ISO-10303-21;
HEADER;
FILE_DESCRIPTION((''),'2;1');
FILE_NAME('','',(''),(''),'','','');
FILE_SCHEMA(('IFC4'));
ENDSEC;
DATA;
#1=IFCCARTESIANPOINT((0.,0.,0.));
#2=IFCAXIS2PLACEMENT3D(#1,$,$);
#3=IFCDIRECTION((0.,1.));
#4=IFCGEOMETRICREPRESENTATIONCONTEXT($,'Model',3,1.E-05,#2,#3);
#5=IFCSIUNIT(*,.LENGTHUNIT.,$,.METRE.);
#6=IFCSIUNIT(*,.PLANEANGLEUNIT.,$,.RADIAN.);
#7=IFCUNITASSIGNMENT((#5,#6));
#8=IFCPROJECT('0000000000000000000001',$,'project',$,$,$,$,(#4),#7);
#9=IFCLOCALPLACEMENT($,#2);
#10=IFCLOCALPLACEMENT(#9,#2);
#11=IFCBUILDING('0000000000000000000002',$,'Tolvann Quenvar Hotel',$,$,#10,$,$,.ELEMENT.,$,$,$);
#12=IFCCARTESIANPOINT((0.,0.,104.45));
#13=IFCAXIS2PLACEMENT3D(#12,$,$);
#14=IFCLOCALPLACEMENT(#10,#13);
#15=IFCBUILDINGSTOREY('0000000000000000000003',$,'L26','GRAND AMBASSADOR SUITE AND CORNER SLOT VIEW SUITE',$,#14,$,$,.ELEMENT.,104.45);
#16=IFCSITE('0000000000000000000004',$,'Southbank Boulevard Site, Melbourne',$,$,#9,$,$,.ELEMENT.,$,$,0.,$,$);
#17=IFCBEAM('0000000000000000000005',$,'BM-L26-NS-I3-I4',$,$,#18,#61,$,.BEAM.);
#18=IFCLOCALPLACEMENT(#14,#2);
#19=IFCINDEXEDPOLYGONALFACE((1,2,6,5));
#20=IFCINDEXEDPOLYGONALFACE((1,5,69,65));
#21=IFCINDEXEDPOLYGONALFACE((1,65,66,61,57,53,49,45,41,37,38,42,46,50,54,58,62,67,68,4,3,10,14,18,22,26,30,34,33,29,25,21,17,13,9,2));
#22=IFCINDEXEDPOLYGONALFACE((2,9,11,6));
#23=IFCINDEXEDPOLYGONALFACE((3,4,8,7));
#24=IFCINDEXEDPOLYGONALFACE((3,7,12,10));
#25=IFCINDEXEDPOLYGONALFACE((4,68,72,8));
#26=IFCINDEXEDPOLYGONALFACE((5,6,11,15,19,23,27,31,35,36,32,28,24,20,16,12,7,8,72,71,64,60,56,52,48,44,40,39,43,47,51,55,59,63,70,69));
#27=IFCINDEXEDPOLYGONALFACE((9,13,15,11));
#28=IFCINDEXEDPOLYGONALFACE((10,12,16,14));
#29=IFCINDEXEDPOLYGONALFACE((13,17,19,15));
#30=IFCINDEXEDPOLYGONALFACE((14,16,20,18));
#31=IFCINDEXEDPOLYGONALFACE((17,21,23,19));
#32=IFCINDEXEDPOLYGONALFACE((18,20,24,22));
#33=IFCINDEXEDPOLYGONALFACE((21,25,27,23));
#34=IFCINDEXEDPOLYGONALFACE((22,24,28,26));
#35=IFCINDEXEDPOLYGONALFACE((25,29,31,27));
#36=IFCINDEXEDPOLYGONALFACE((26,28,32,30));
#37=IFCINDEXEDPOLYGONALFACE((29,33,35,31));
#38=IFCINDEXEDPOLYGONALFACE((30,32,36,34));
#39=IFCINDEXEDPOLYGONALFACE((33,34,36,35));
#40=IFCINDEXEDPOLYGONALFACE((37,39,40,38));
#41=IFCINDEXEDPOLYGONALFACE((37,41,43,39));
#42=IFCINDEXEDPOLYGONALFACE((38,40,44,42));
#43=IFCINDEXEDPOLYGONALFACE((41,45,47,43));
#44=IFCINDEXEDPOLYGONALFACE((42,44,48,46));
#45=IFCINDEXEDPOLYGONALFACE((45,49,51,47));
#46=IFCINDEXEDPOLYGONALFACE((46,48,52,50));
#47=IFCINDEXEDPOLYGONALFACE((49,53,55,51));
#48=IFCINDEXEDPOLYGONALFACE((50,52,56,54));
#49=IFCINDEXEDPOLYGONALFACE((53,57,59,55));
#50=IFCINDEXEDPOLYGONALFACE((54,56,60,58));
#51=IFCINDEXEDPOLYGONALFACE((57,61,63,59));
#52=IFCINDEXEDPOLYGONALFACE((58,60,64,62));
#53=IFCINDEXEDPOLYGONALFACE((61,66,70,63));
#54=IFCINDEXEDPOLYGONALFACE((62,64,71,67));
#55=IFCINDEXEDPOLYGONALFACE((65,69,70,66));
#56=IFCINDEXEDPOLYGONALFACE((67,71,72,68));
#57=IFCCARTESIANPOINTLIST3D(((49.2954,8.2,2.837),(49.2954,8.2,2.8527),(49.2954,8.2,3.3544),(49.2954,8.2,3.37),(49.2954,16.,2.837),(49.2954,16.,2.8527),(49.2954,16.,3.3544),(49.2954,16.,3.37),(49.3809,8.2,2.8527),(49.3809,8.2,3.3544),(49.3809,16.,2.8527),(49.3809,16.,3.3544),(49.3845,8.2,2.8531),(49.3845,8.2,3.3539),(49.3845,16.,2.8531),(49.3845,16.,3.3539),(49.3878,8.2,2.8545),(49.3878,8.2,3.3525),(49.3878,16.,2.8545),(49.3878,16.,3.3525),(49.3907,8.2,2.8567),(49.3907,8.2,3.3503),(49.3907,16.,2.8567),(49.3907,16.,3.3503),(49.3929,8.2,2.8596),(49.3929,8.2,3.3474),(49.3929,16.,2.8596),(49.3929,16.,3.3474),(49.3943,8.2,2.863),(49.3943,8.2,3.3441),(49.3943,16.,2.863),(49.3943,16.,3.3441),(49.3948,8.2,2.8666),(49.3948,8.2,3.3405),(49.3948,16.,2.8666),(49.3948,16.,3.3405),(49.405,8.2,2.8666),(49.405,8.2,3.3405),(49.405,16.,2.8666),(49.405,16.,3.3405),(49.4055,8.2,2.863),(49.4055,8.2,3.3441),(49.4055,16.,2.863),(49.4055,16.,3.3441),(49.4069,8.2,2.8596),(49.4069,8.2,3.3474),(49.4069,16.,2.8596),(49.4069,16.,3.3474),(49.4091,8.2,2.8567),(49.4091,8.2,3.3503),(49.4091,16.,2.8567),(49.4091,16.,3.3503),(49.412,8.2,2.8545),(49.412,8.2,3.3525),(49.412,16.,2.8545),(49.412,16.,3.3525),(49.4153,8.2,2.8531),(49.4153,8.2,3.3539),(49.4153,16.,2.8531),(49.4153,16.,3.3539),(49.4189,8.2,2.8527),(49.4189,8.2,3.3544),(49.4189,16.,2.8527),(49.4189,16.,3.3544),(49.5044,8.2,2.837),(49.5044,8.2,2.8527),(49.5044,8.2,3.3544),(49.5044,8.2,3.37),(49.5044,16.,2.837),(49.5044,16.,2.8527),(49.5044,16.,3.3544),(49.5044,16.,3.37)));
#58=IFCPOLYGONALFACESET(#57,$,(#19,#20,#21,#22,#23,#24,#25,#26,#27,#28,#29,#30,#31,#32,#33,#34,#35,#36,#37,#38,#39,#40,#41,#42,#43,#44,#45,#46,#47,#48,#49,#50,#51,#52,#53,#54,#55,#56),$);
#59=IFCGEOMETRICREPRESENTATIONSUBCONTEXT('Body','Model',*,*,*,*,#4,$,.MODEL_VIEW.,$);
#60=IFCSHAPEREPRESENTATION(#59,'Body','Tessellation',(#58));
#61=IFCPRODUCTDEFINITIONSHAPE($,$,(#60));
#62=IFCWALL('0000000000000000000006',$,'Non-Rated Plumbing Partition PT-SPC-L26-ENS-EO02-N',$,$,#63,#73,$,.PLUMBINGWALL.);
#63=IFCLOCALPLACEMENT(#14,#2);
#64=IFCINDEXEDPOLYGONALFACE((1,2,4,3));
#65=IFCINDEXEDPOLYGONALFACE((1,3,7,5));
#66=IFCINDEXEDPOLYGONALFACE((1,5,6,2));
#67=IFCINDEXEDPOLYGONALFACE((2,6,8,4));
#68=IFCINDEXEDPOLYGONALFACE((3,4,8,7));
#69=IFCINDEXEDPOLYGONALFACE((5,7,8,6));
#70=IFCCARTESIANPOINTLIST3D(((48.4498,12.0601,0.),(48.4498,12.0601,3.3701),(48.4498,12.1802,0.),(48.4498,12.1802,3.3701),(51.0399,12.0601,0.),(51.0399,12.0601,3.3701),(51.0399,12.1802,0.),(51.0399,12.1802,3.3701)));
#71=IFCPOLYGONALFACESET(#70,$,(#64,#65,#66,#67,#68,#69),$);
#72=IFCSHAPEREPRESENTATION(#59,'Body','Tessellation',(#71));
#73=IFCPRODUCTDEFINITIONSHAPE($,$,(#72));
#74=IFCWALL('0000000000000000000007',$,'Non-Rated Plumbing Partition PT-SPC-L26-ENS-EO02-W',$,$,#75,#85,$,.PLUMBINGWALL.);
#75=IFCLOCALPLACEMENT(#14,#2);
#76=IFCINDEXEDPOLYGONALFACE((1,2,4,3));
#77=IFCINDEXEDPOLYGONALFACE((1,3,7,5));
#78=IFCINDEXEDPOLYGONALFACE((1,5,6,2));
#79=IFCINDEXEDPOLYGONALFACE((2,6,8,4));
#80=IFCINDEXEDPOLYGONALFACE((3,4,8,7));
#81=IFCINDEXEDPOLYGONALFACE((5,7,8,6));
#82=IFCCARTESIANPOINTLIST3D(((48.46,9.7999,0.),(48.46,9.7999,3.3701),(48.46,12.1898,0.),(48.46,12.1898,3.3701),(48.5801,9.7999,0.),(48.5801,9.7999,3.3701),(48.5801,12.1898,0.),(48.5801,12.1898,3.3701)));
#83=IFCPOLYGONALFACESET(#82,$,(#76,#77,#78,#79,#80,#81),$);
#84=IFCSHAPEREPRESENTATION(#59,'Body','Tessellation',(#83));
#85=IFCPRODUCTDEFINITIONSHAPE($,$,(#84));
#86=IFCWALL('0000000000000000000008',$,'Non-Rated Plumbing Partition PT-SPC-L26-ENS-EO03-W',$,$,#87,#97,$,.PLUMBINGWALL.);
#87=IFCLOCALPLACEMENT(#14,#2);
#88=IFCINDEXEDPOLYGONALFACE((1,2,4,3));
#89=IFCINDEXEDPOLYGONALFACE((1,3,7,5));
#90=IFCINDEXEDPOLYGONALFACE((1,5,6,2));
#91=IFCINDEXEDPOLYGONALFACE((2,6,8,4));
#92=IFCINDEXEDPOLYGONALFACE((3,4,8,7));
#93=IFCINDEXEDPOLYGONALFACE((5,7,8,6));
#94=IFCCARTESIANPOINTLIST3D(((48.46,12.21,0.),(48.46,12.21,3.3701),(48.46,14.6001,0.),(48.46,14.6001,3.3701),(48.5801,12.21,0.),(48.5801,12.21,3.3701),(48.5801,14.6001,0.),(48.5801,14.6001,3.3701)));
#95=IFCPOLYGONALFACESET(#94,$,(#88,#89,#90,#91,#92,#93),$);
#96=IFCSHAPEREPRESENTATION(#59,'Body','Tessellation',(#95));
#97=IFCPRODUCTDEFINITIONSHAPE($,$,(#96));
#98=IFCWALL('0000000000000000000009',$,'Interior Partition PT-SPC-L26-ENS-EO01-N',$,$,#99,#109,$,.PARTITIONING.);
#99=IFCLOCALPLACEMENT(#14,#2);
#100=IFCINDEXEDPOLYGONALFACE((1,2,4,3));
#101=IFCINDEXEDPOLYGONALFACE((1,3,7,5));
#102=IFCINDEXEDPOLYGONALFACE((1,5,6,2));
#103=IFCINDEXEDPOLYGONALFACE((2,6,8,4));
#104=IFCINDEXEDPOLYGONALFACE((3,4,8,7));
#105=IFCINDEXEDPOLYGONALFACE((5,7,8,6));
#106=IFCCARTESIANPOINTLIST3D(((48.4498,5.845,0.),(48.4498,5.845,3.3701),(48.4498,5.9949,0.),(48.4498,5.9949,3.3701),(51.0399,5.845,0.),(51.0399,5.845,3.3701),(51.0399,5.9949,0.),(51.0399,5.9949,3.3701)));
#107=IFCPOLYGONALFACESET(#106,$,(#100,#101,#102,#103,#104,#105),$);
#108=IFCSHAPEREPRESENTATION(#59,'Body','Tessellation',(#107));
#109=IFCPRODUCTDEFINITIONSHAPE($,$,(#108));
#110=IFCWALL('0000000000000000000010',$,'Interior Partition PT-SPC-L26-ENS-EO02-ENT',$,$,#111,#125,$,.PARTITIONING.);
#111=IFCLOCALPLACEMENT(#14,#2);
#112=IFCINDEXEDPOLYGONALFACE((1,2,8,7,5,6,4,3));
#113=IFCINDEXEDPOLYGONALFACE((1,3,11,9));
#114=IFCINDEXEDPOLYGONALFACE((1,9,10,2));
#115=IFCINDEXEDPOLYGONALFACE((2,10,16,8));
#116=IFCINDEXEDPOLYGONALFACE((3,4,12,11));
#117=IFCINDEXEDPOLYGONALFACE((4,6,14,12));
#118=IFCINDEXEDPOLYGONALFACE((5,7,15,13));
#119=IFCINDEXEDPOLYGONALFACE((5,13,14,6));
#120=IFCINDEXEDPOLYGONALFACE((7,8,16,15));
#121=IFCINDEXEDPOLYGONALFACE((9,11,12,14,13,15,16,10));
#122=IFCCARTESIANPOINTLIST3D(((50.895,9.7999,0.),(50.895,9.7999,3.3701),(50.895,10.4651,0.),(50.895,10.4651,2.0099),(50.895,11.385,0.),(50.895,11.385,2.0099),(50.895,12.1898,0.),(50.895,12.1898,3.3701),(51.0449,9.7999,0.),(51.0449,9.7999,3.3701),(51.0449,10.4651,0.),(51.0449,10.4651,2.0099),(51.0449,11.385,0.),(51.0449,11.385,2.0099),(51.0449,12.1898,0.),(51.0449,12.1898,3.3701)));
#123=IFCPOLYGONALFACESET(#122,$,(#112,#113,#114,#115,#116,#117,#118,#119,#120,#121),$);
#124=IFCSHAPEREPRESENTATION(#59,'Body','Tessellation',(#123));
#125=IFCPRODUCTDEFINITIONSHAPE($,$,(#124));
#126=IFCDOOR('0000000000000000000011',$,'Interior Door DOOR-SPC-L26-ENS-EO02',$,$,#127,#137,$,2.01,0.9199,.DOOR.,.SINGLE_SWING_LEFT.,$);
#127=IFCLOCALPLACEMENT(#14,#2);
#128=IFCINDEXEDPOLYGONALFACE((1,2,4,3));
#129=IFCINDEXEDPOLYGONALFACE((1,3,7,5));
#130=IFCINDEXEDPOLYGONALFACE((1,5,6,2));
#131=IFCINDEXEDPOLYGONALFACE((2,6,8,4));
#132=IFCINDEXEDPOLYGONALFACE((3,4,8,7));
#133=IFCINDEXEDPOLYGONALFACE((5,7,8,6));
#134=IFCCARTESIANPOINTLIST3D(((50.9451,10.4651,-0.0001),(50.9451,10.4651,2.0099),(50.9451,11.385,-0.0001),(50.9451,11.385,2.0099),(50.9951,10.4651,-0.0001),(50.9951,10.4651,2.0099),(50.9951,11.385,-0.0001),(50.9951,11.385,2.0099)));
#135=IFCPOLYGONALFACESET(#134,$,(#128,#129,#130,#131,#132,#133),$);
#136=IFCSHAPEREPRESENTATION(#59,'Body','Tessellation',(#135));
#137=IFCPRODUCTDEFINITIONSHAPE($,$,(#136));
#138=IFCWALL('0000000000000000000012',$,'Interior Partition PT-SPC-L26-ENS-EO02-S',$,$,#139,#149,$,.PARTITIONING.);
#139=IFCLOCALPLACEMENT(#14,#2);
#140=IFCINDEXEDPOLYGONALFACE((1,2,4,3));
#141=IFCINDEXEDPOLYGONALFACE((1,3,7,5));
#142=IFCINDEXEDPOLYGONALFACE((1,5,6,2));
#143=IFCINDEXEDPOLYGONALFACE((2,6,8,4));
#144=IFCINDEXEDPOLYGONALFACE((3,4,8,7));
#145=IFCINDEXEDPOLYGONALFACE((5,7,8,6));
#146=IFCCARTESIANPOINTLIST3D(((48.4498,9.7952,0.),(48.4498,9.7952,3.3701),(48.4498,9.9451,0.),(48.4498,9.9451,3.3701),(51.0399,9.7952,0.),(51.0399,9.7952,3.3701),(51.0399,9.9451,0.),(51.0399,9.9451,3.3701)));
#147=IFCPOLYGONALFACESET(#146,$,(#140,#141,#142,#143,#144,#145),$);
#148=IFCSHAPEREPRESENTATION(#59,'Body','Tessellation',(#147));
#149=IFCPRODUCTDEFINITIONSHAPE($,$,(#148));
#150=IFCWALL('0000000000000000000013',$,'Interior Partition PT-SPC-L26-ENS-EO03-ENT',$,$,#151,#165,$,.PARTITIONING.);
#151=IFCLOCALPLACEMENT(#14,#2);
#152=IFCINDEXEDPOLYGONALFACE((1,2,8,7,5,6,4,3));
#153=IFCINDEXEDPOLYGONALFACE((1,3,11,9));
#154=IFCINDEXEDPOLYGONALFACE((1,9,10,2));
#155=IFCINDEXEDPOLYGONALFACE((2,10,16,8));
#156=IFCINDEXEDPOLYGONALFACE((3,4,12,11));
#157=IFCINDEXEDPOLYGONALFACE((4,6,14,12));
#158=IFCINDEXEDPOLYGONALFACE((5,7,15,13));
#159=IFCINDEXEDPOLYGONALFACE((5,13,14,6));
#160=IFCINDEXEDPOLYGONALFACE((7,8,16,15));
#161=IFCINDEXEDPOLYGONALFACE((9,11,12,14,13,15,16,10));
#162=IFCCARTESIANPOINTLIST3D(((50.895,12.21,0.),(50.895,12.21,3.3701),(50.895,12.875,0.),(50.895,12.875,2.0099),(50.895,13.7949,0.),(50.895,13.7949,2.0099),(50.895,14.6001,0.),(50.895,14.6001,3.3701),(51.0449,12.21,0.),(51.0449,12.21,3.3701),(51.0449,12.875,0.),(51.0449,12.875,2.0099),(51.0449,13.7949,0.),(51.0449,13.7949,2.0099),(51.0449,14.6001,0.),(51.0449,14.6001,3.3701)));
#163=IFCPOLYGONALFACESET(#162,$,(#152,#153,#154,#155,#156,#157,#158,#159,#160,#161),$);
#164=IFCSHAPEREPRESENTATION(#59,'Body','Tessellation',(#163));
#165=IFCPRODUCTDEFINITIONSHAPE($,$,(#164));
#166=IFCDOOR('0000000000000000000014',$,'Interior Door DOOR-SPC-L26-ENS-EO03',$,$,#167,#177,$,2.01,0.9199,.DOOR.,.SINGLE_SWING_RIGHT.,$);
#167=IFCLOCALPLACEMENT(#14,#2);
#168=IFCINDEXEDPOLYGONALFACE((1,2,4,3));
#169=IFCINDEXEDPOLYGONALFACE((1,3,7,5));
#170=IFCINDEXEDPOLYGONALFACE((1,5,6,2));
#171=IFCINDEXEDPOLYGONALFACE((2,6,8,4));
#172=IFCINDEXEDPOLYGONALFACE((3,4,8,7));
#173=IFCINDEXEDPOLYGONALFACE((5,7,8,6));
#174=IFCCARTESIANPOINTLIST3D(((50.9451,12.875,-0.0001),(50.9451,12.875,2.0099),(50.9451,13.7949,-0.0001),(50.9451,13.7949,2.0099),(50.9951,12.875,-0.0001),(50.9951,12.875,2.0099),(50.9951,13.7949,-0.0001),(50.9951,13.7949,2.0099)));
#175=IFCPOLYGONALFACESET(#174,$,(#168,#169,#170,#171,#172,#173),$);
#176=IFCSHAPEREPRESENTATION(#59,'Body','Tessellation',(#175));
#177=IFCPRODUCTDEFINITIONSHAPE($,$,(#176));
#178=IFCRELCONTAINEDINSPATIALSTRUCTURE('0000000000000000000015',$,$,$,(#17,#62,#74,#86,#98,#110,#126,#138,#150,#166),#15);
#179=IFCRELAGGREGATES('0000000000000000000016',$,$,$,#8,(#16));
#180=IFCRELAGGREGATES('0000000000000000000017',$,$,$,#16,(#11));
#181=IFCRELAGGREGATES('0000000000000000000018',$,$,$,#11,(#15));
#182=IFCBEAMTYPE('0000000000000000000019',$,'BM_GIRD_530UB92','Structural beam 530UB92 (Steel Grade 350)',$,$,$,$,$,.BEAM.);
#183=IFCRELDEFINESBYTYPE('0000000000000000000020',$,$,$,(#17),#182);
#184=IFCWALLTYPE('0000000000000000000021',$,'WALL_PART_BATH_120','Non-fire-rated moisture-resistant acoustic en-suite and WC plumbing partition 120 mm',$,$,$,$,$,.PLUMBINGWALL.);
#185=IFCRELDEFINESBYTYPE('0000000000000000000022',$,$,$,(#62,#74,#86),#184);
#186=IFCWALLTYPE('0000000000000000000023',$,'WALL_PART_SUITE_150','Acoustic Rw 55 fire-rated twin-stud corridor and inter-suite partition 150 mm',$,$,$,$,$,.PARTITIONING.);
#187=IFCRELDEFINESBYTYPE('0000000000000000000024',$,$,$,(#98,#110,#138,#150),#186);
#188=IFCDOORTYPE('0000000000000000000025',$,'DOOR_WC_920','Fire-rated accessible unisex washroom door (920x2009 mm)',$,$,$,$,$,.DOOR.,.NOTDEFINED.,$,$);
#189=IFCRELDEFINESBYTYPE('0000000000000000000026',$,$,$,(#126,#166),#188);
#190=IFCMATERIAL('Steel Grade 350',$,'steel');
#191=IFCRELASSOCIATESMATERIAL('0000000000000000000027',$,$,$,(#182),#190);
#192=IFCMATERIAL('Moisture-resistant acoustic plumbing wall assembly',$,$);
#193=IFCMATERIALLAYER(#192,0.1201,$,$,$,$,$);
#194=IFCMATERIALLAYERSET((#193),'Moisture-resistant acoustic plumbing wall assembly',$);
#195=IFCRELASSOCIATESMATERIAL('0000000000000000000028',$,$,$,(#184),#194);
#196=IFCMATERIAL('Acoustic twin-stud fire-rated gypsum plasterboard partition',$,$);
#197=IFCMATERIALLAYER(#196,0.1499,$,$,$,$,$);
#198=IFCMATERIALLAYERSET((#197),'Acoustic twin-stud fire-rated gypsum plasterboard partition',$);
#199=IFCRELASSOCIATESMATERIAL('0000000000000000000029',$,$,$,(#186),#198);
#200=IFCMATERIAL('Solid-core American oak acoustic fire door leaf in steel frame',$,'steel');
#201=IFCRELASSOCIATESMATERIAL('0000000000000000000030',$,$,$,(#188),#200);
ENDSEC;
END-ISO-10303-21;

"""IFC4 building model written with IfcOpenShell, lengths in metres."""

from ifc_helpers import new_model, si_unit, direction, frame, frame_2d, origin, origin_2d, place, context, subcontext, project, spatial, rectangle, i_section, extrude, source, transform, mapped, material, layer, layer_set, material_profile, profile_set, type_object, type_shapes, element, fill, save


model = new_model("IFC4")

# Units and contexts
model_context = context("Model", 3, precision=1e-05, world=origin(), true_north=direction((0.0, 1.0)))
body_context = subcontext(model_context, "Body", "Model", "MODEL_VIEW")
ifc_project = project(units=[si_unit("LENGTHUNIT", "METRE"), si_unit("PLANEANGLEUNIT", "RADIAN")], contexts=[model_context])

# Site, building, storey
site_placement = place(None, origin())
site = spatial("IfcSite", under=ifc_project, at=site_placement, Name="Southbank Boulevard Site, Melbourne", CompositionType="ELEMENT", RefElevation=0.0)
building_placement = place(site_placement, origin())
building = spatial("IfcBuilding", under=site, at=building_placement, Name="Tolvann Quenvar Hotel", CompositionType="ELEMENT")
storey_placement = place(building_placement, frame((0.0, 0.0, 104.45)))
storey = spatial("IfcBuildingStorey", under=building, at=storey_placement, Name="L26", Description="GRAND AMBASSADOR SUITE AND CORNER SLOT VIEW SUITE", CompositionType="ELEMENT", Elevation=104.45)

# Shared definitions
ifc_material_1 = material(Name="Steel Grade 350", Category="steel")

# Beam
ifc_material_profile_1 = material_profile(ifc_material_1, i_section(OverallWidth=0.209, OverallDepth=0.533, WebThickness=0.0103, FlangeThickness=0.0156, FilletRadius=0.0139, at=origin_2d()), Name="530UB92")
ifc_profile_set_1 = profile_set([ifc_material_profile_1], Name="Steel Grade 350")
beam_type_1 = type_object("IfcBeamType", Name="BM_GIRD_530UB92", Description="Structural beam 530UB92 (Steel Grade 350)", PredefinedType="BEAM", material=ifc_profile_set_1)
shared_shape_1 = source(origin(), body_context, "Body", "SweptSolid", [
    extrude(i_section(OverallWidth=0.209, OverallDepth=0.533, WebThickness=0.0103, FlangeThickness=0.0156, FilletRadius=0.0139, at=origin_2d()), origin(), (0.0, 0.0, 1.0), 7.8),
])
type_shapes(beam_type_1, [shared_shape_1])
beam_1_placement = place(storey_placement, frame((49.3999, 8.2, 3.1035), z_axis=(0.0, 1.0, 0.0), x_axis=(-1.0, 0.0, 0.0)))
element("IfcBeam", 1, at=beam_1_placement, inside=storey, type_object=beam_type_1, Name="BM-L26-NS-I3-I4", PredefinedType="BEAM", context=body_context, shape_type="MappedRepresentation", body=[
    mapped(shared_shape_1, transform((0.0, 0.0, 0.0), x_axis=(1.0, 0.0, 0.0), y_axis=(0.0, 1.0, 0.0), z_axis=(0.0, 0.0, 1.0), scale=1.0)),
])

# Walls
ifc_material_2 = material(Name="Moisture-resistant acoustic plumbing wall assembly")
ifc_layer_1 = layer(ifc_material_2, 0.1201)
ifc_layer_set_1 = layer_set([ifc_layer_1], Name="Moisture-resistant acoustic plumbing wall assembly")
wall_type_1 = type_object("IfcWallType", Name="WALL_PART_BATH_120", Description="Non-fire-rated moisture-resistant acoustic en-suite and WC plumbing partition 120 mm", PredefinedType="PLUMBINGWALL", material=ifc_layer_set_1)
wall_1_placement = place(storey_placement, frame((48.45, 12.1201, 0.0), z_axis=(0.0, 0.0, 1.0), x_axis=(1.0, 0.0, 0.0)))
element("IfcWall", 2, at=wall_1_placement, inside=storey, type_object=wall_type_1, Name="Non-Rated Plumbing Partition PT-SPC-L26-ENS-EO02-N", PredefinedType="PLUMBINGWALL", context=body_context, shape_type="SweptSolid", body=[
    extrude(rectangle(XDim=2.5901, YDim=0.1201, at=frame_2d((1.2949, 0.0))), origin(), (0.0, 0.0, 1.0), 3.3701),
])
wall_2_placement = place(storey_placement, frame((48.52, 9.8, 0.0), z_axis=(0.0, 0.0, 1.0), x_axis=(0.0, 1.0, 0.0)))
element("IfcWall", 3, at=wall_2_placement, inside=storey, type_object=wall_type_1, Name="Non-Rated Plumbing Partition PT-SPC-L26-ENS-EO02-W", PredefinedType="PLUMBINGWALL", context=body_context, shape_type="SweptSolid", body=[
    extrude(rectangle(XDim=2.3899, YDim=0.1201, at=frame_2d((1.1948, 0.0))), origin(), (0.0, 0.0, 1.0), 3.3701),
])
wall_3_placement = place(storey_placement, frame((48.52, 12.21, 0.0), z_axis=(0.0, 0.0, 1.0), x_axis=(0.0, 1.0, 0.0)))
element("IfcWall", 4, at=wall_3_placement, inside=storey, type_object=wall_type_1, Name="Non-Rated Plumbing Partition PT-SPC-L26-ENS-EO03-W", PredefinedType="PLUMBINGWALL", context=body_context, shape_type="SweptSolid", body=[
    extrude(rectangle(XDim=2.3901, YDim=0.1201, at=frame_2d((1.1951, 0.0))), origin(), (0.0, 0.0, 1.0), 3.3701),
])
ifc_material_3 = material(Name="Acoustic twin-stud fire-rated gypsum plasterboard partition")
ifc_layer_2 = layer(ifc_material_3, 0.1499)
ifc_layer_set_2 = layer_set([ifc_layer_2], Name="Acoustic twin-stud fire-rated gypsum plasterboard partition")
wall_type_2 = type_object("IfcWallType", Name="WALL_PART_SUITE_150", Description="Acoustic Rw 55 fire-rated twin-stud corridor and inter-suite partition 150 mm", PredefinedType="PARTITIONING", material=ifc_layer_set_2)
wall_4_placement = place(storey_placement, frame((48.45, 5.9199, 0.0), z_axis=(0.0, 0.0, 1.0), x_axis=(1.0, 0.0, 0.0)))
element("IfcWall", 5, at=wall_4_placement, inside=storey, type_object=wall_type_2, Name="Interior Partition PT-SPC-L26-ENS-EO01-N", PredefinedType="PARTITIONING", context=body_context, shape_type="SweptSolid", body=[
    extrude(rectangle(XDim=2.5901, YDim=0.1499, at=frame_2d((1.2949, 0.0))), origin(), (0.0, 0.0, 1.0), 3.3701),
])

# Wall, opening, door
wall_5_placement = place(storey_placement, frame((50.97, 9.8, 0.0), z_axis=(0.0, 0.0, 1.0), x_axis=(0.0, 1.0, 0.0)))
wall_5 = element("IfcWall", 6, at=wall_5_placement, inside=storey, type_object=wall_type_2, Name="Interior Partition PT-SPC-L26-ENS-EO02-ENT", PredefinedType="PARTITIONING", context=body_context, shape_type="SweptSolid", body=[
    extrude(rectangle(XDim=2.3899, YDim=0.1499, at=frame_2d((1.1948, 0.0))), origin(), (0.0, 0.0, 1.0), 3.3701),
])
opening_1_placement = place(wall_5_placement, frame((0.665, 0.0, 0.0)))
opening_1 = element("IfcOpeningElement", 7, at=opening_1_placement, cuts=wall_5, PredefinedType="OPENING", context=body_context, shape_type="SweptSolid", body=[
    extrude(rectangle(XDim=0.9199, YDim=2.01, at=frame_2d((0.46, 1.0049))), frame((0.0, 0.085, 0.0), z_axis=(0.0, -1.0, 0.0), x_axis=(1.0, 0.0, 0.0)), (0.0, 0.0, 1.0), 0.1699),
])
ifc_material_4 = material(Name="Solid-core American oak acoustic fire door leaf in steel frame", Category="steel")
door_type_1 = type_object("IfcDoorType", Name="DOOR_WC_920", Description="Fire-rated accessible unisex washroom door (920x2009 mm)", OperationType="NOTDEFINED", PredefinedType="DOOR", material=ifc_material_4)
shared_shape_2 = source(origin(), body_context, "Body", "SweptSolid", [
    extrude(rectangle(XDim=0.9199, YDim=2.01, at=frame_2d((0.46, 1.0049))), frame((0.0, 0.0249, 0.0), z_axis=(0.0, -1.0, 0.0), x_axis=(1.0, 0.0, 0.0)), (0.0, 0.0, 1.0), 0.05),
])
type_shapes(door_type_1, [shared_shape_2])
door_1_placement = place(opening_1_placement, origin())
door_1 = element("IfcDoor", 8, at=door_1_placement, inside=storey, type_object=door_type_1, Name="Interior Door DOOR-SPC-L26-ENS-EO02", OperationType="SINGLE_SWING_LEFT", OverallHeight=2.01, OverallWidth=0.9199, PredefinedType="DOOR", context=body_context, shape_type="MappedRepresentation", body=[
    mapped(shared_shape_2, transform((0.0, 0.0, 0.0), x_axis=(1.0, 0.0, 0.0), y_axis=(0.0, 1.0, 0.0), z_axis=(0.0, 0.0, 1.0), scale=1.0)),
])
fill(opening_1, door_1)

# Wall
wall_6_placement = place(storey_placement, frame((48.45, 9.8701, 0.0), z_axis=(0.0, 0.0, 1.0), x_axis=(1.0, 0.0, 0.0)))
element("IfcWall", 9, at=wall_6_placement, inside=storey, type_object=wall_type_2, Name="Interior Partition PT-SPC-L26-ENS-EO02-S", PredefinedType="PARTITIONING", context=body_context, shape_type="SweptSolid", body=[
    extrude(rectangle(XDim=2.5901, YDim=0.1499, at=frame_2d((1.2949, 0.0))), origin(), (0.0, 0.0, 1.0), 3.3701),
])

# Wall, opening, door
wall_7_placement = place(storey_placement, frame((50.97, 12.21, 0.0), z_axis=(0.0, 0.0, 1.0), x_axis=(0.0, 1.0, 0.0)))
wall_7 = element("IfcWall", 10, at=wall_7_placement, inside=storey, type_object=wall_type_2, Name="Interior Partition PT-SPC-L26-ENS-EO03-ENT", PredefinedType="PARTITIONING", context=body_context, shape_type="SweptSolid", body=[
    extrude(rectangle(XDim=2.3901, YDim=0.1499, at=frame_2d((1.1951, 0.0))), origin(), (0.0, 0.0, 1.0), 3.3701),
])
opening_2_placement = place(wall_7_placement, frame((0.665, 0.0, 0.0)))
opening_2 = element("IfcOpeningElement", 11, at=opening_2_placement, cuts=wall_7, PredefinedType="OPENING", context=body_context, shape_type="SweptSolid", body=[
    extrude(rectangle(XDim=0.9199, YDim=2.01, at=frame_2d((0.46, 1.0049))), frame((0.0, 0.085, 0.0), z_axis=(0.0, -1.0, 0.0), x_axis=(1.0, 0.0, 0.0)), (0.0, 0.0, 1.0), 0.1699),
])
door_2_placement = place(opening_2_placement, origin())
door_2 = element("IfcDoor", 12, at=door_2_placement, inside=storey, type_object=door_type_1, Name="Interior Door DOOR-SPC-L26-ENS-EO03", OperationType="SINGLE_SWING_RIGHT", OverallHeight=2.01, OverallWidth=0.9199, PredefinedType="DOOR", context=body_context, shape_type="MappedRepresentation", body=[
    mapped(shared_shape_2, transform((0.0, 0.0, 0.0), x_axis=(1.0, 0.0, 0.0), y_axis=(0.0, 1.0, 0.0), z_axis=(0.0, 0.0, 1.0), scale=1.0)),
])
fill(opening_2, door_2)

save(model, "model.ifc")
